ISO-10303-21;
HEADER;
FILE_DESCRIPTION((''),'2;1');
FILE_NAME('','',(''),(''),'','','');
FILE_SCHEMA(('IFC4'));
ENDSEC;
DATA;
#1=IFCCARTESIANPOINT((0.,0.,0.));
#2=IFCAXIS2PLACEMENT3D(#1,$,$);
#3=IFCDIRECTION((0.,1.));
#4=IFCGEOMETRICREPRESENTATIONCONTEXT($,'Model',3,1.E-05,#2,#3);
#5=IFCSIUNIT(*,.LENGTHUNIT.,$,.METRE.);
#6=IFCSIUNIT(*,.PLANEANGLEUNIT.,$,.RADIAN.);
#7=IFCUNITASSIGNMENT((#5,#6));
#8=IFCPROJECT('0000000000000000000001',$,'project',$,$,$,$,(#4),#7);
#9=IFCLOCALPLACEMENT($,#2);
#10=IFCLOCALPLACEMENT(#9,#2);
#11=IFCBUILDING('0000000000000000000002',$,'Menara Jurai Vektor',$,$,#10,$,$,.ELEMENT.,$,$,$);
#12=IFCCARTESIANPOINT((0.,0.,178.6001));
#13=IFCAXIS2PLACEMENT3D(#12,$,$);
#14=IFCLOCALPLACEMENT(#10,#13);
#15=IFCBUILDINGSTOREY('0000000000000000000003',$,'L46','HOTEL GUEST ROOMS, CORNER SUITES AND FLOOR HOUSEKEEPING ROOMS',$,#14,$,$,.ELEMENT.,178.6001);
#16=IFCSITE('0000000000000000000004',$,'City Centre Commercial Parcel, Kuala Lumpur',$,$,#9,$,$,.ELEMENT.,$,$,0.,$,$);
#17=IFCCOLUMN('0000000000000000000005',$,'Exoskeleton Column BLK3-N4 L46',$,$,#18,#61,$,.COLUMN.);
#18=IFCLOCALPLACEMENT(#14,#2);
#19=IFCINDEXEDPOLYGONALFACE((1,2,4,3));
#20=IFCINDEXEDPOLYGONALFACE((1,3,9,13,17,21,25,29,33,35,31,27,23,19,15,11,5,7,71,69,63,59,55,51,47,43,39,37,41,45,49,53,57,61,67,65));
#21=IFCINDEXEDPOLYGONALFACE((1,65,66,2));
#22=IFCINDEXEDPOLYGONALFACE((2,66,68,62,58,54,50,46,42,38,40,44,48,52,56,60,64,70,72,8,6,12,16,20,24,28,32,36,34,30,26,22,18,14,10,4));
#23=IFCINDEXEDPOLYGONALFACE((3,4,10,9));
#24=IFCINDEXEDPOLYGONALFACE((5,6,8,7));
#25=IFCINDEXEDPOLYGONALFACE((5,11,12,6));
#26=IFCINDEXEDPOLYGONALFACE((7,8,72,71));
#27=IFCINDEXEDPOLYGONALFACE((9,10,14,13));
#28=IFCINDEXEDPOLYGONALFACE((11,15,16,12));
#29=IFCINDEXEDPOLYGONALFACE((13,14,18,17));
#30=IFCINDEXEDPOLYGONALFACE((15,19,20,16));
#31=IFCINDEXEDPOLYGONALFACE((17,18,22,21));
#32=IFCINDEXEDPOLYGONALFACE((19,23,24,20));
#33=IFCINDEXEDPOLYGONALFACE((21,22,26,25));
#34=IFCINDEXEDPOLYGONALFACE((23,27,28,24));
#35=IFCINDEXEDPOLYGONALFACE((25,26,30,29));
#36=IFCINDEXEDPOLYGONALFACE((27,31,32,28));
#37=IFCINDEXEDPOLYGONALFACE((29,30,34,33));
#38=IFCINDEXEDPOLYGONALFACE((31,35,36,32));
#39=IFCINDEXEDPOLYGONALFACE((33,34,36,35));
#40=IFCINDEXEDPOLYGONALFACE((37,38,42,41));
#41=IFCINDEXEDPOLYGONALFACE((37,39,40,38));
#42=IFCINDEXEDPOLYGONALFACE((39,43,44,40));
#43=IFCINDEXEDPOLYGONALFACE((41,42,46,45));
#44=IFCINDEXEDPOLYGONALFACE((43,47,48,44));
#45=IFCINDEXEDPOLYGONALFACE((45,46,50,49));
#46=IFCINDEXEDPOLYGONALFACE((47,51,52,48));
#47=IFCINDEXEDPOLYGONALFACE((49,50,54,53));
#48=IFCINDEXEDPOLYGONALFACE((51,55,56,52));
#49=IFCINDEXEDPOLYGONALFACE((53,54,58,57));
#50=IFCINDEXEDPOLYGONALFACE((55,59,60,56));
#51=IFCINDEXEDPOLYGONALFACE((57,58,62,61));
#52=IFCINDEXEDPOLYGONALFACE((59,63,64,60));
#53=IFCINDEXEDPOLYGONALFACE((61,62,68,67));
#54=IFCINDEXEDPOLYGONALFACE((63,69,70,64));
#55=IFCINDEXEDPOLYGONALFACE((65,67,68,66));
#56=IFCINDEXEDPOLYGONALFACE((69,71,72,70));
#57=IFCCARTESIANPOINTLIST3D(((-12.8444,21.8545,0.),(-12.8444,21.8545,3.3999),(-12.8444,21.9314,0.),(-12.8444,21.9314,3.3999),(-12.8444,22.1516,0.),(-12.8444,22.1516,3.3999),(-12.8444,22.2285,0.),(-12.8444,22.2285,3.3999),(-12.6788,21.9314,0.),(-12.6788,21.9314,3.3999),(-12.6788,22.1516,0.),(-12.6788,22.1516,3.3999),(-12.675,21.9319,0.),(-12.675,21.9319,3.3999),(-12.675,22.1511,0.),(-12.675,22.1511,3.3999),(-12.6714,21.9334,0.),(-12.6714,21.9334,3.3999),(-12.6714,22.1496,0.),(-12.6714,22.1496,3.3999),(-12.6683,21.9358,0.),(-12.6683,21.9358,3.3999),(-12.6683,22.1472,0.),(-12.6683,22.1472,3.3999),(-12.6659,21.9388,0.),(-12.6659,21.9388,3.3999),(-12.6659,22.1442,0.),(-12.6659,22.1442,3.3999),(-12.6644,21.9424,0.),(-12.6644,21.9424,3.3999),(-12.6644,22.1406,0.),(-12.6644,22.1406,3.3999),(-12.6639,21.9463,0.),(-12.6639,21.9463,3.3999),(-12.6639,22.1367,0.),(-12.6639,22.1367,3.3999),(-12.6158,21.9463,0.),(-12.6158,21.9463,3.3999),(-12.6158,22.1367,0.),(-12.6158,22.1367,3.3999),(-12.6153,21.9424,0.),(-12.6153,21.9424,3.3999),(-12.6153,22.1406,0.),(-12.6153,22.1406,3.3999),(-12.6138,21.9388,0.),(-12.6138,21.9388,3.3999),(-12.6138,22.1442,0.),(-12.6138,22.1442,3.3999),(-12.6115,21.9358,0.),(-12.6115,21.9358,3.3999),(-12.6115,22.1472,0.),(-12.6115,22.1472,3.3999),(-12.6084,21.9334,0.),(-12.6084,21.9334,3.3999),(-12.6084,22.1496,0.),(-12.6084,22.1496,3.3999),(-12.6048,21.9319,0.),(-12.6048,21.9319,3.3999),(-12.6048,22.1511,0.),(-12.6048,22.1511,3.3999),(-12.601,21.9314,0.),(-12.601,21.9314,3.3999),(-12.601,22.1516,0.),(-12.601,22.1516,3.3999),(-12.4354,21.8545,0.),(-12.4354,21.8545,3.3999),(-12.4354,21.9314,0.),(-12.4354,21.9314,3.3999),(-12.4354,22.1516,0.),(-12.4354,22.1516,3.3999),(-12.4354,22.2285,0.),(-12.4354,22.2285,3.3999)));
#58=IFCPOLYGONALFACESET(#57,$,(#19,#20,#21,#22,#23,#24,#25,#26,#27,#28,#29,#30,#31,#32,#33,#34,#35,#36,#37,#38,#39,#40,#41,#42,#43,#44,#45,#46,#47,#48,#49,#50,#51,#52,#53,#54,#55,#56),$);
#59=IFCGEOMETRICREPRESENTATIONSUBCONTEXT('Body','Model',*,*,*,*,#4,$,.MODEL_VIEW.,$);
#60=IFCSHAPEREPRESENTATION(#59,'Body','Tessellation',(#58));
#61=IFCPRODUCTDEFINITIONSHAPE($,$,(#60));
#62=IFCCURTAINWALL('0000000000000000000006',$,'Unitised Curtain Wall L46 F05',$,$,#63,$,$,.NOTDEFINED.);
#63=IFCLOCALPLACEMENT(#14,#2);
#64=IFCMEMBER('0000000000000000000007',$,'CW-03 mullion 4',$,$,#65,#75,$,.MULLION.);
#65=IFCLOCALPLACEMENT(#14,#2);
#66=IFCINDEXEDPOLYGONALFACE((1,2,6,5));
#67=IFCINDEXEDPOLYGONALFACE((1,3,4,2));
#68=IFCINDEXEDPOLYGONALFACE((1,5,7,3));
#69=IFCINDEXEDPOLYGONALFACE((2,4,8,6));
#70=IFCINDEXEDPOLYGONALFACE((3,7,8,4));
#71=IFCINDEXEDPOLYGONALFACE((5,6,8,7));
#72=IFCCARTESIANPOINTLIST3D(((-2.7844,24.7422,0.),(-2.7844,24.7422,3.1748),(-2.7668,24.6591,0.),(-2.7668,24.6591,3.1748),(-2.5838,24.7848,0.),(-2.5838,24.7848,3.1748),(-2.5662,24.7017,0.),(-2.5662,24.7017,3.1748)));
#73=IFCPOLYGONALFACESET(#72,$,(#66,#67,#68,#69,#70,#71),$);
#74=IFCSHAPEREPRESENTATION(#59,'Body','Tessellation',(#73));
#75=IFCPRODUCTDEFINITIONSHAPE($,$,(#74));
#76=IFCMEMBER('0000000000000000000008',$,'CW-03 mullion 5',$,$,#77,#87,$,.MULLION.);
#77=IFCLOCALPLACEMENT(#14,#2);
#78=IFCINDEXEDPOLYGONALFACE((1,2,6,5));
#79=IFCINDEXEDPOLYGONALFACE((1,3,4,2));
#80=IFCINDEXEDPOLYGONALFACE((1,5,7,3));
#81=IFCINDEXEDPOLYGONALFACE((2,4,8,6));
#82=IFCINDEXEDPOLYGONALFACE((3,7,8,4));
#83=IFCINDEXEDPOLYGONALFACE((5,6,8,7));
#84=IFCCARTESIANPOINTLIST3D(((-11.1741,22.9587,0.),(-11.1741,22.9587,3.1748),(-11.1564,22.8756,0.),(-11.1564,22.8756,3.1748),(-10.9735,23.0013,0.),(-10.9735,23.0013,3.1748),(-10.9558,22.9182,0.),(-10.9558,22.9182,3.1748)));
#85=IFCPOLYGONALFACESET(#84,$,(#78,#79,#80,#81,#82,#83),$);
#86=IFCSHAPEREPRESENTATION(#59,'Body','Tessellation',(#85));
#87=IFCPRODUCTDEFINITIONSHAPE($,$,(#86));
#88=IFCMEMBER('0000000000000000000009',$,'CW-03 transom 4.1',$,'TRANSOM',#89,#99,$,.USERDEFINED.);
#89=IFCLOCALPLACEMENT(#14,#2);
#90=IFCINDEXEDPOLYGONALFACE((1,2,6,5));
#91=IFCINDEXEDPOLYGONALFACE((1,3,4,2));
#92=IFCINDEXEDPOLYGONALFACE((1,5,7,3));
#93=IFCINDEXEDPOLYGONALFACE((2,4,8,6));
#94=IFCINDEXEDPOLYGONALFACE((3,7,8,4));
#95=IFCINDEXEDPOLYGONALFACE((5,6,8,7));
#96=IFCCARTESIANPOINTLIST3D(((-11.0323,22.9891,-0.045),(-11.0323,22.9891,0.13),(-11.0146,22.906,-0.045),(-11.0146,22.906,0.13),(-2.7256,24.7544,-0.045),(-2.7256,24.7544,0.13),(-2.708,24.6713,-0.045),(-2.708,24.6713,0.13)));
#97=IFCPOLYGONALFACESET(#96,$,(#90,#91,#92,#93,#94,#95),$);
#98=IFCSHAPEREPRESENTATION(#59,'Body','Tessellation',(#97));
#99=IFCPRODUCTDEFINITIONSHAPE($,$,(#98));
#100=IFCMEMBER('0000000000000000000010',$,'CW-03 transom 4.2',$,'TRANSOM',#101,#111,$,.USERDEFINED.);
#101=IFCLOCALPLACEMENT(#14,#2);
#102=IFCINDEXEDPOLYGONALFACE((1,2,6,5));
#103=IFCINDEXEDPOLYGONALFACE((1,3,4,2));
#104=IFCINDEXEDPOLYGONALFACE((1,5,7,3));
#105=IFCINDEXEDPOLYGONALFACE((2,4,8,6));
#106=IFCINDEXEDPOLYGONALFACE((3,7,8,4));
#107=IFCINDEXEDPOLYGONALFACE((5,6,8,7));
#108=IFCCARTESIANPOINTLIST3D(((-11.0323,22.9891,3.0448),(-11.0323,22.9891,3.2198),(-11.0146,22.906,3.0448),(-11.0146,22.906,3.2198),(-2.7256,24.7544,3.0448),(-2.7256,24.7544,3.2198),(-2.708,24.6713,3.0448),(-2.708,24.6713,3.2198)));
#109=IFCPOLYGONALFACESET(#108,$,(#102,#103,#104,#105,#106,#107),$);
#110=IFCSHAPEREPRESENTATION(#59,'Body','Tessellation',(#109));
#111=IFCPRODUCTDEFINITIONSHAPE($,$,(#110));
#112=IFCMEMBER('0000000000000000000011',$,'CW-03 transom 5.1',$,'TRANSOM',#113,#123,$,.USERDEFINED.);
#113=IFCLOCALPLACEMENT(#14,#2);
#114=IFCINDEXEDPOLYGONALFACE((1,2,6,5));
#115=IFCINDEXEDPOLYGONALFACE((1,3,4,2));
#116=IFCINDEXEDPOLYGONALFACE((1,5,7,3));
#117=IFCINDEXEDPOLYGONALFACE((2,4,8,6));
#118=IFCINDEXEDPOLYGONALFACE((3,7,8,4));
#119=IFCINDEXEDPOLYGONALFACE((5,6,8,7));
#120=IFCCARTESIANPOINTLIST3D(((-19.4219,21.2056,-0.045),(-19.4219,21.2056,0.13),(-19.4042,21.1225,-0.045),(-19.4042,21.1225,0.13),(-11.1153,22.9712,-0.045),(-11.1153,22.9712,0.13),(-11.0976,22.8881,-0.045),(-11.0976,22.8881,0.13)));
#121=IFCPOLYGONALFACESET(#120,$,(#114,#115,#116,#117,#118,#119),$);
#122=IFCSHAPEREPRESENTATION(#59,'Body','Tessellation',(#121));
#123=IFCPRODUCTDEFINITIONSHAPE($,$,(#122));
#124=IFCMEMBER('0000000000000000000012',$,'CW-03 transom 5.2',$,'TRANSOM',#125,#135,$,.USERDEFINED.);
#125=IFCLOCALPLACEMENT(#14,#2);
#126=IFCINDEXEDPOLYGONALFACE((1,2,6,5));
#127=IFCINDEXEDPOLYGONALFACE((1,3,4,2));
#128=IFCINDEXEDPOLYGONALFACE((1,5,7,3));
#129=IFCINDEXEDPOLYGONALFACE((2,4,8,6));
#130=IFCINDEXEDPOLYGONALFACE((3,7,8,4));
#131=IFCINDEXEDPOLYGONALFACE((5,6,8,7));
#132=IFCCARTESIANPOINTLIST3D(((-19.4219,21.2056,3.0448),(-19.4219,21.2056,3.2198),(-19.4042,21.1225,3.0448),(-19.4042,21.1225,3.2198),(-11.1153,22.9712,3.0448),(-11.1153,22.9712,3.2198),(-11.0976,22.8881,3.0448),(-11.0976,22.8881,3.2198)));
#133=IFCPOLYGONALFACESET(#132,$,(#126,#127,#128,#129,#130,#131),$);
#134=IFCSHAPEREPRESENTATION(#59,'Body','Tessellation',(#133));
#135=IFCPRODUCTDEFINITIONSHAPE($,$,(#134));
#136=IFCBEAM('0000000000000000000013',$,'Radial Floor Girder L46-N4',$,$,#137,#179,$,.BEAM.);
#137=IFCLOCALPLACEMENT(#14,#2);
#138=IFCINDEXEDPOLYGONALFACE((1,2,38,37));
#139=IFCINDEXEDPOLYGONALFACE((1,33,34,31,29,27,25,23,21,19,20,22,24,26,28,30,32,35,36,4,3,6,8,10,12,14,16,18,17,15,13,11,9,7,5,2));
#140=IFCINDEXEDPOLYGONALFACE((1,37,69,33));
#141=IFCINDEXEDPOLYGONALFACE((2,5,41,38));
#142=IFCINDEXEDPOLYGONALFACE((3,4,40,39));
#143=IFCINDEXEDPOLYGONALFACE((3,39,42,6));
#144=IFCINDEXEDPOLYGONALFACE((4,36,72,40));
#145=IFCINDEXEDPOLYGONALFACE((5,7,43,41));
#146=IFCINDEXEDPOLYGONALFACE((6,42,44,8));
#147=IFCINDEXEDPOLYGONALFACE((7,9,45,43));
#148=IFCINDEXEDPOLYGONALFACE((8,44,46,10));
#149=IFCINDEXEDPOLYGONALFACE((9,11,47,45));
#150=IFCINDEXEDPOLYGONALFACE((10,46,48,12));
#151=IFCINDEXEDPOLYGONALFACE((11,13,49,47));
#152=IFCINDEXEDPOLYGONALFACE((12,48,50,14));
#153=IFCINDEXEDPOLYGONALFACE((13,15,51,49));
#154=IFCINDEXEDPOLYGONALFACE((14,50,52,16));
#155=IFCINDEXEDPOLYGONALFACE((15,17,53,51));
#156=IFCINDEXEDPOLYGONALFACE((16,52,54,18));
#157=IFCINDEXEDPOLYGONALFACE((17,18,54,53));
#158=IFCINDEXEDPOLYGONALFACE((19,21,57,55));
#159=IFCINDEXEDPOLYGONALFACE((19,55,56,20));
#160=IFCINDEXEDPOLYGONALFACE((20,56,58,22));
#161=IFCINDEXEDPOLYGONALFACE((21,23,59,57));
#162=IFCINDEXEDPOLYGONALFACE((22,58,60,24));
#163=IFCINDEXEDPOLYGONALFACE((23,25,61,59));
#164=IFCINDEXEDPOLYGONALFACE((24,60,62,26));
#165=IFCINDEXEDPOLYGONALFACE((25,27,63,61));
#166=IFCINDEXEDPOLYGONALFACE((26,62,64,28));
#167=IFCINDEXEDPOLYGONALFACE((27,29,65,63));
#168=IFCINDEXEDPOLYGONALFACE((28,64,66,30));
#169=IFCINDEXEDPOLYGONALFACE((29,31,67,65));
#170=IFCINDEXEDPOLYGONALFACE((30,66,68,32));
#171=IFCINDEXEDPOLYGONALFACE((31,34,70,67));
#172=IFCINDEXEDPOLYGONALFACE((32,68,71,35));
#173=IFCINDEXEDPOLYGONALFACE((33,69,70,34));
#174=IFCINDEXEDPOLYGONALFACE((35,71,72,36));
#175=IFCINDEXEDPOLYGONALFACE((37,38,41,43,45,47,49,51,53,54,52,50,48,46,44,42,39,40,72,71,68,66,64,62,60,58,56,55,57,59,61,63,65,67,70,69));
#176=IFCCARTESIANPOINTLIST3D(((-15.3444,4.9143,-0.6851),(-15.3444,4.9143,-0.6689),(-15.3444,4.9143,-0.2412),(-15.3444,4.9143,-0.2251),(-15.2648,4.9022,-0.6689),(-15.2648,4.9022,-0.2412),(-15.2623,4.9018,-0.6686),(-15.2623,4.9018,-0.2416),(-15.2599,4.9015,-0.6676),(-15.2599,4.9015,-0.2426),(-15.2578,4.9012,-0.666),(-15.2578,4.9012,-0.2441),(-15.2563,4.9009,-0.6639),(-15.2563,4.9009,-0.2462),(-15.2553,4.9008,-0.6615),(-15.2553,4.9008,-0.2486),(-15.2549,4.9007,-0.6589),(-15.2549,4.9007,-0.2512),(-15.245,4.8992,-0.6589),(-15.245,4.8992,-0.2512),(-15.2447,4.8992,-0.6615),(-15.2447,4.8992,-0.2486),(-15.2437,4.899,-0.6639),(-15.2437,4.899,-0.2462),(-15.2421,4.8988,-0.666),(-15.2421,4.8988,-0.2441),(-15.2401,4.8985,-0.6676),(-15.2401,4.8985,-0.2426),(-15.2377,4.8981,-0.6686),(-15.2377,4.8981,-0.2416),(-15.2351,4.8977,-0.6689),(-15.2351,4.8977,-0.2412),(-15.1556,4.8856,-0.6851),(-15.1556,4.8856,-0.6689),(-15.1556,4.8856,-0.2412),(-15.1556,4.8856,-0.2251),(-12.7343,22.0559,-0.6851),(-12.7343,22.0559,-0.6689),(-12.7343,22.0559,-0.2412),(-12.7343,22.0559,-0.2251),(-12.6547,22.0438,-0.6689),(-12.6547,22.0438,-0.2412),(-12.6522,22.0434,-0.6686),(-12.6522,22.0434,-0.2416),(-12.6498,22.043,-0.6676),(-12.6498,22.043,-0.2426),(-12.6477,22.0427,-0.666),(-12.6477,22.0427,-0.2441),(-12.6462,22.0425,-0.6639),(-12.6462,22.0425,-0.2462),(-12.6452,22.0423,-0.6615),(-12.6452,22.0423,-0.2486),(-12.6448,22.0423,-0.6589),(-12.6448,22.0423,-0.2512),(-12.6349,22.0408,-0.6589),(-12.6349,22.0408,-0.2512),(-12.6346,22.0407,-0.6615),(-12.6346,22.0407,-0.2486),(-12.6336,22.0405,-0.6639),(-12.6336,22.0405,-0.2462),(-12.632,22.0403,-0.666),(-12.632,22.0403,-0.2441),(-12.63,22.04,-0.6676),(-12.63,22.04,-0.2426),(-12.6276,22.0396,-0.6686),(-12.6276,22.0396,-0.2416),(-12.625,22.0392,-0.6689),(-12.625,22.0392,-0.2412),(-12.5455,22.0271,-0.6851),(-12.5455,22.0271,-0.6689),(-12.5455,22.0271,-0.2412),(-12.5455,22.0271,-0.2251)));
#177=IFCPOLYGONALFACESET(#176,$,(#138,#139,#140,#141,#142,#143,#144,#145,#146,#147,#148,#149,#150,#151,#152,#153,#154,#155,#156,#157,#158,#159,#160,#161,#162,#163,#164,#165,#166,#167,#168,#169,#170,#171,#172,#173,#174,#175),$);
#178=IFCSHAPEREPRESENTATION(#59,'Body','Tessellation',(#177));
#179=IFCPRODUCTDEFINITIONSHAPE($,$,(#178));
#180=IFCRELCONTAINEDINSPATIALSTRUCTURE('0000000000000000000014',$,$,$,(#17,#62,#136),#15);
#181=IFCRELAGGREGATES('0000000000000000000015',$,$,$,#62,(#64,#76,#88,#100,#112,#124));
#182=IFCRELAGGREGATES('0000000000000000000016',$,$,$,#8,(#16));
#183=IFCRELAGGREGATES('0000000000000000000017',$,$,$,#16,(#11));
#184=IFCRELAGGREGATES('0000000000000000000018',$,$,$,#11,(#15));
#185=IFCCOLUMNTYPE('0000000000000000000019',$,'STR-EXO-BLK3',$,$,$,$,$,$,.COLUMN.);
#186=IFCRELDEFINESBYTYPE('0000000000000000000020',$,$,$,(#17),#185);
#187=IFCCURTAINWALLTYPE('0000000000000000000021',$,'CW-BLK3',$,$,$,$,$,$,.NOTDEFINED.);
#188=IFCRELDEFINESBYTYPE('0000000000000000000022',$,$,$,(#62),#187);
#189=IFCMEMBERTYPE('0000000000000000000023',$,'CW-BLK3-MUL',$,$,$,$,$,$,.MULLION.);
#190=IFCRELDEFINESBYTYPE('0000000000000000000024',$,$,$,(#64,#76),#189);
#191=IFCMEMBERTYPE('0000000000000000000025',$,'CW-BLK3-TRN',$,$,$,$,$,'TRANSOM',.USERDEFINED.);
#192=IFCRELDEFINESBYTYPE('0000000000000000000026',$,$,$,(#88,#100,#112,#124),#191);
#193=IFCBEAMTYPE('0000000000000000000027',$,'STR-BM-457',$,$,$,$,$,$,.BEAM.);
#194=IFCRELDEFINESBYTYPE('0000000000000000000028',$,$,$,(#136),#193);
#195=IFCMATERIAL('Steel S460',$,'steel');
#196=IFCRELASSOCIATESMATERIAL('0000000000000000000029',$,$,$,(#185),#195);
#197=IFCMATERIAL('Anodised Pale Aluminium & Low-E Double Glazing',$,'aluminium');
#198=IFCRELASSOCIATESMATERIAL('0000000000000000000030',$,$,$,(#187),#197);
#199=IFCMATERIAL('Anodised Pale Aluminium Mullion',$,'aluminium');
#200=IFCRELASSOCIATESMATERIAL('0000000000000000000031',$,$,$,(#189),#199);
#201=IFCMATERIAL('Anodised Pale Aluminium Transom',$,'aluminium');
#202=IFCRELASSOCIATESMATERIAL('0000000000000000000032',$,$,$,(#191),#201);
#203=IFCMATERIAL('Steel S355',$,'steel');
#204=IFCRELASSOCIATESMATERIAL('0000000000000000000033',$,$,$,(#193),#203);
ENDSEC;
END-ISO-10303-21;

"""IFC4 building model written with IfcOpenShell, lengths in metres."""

from ifc_helpers import new_model, si_unit, direction, frame, origin, origin_2d, place, context, subcontext, project, spatial, rectangle, i_section, extrude, material, material_profile, profile_set, type_object, element, aggregate, save


model = new_model("IFC4")

# Units and contexts
model_context = context("Model", 3, precision=1e-05, world=origin(), true_north=direction((0.0, 1.0)))
body_context = subcontext(model_context, "Body", "Model", "MODEL_VIEW")
ifc_project = project(units=[si_unit("LENGTHUNIT", "METRE"), si_unit("PLANEANGLEUNIT", "RADIAN")], contexts=[model_context])

# Site, building, storey
site_placement = place(None, origin())
site = spatial("IfcSite", under=ifc_project, at=site_placement, Name="City Centre Commercial Parcel, Kuala Lumpur", CompositionType="ELEMENT", RefElevation=0.0)
building_placement = place(site_placement, origin())
building = spatial("IfcBuilding", under=site, at=building_placement, Name="Menara Jurai Vektor", CompositionType="ELEMENT")
storey_placement = place(building_placement, frame((0.0, 0.0, 178.6001)))
storey = spatial("IfcBuildingStorey", under=building, at=storey_placement, Name="L46", Description="HOTEL GUEST ROOMS, CORNER SUITES AND FLOOR HOUSEKEEPING ROOMS", CompositionType="ELEMENT", Elevation=178.6001)

# Column
ifc_material_1 = material(Name="Steel S460", Category="steel")
ifc_material_profile_1 = material_profile(ifc_material_1, i_section(OverallWidth=0.4089, OverallDepth=0.374, WebThickness=0.0481, FlangeThickness=0.0769, FilletRadius=0.0149, at=origin_2d()), Name="HD 400x634")
ifc_profile_set_1 = profile_set([ifc_material_profile_1], Name="Steel S460")
column_type = type_object("IfcColumnType", Name="STR-EXO-BLK3", PredefinedType="COLUMN", material=ifc_profile_set_1)
column_placement = place(storey_placement, frame((-12.6399, 22.0415, 0.0), z_axis=(0.0, 0.0, 1.0), x_axis=(1.0, 0.0, 0.0)))
element("IfcColumn", 1, at=column_placement, inside=storey, type_object=column_type, Name="Exoskeleton Column BLK3-N4 L46", PredefinedType="COLUMN", context=body_context, shape_type="SweptSolid", body=[
    extrude(i_section(OverallWidth=0.4089, OverallDepth=0.374, WebThickness=0.0481, FlangeThickness=0.0769, FilletRadius=0.0149, at=origin_2d()), origin(), (0.0, 0.0, 1.0), 3.3999),
])

# Curtain wall, members
ifc_material_2 = material(Name="Anodised Pale Aluminium & Low-E Double Glazing", Category="aluminium")
curtain_wall_type = type_object("IfcCurtainWallType", Name="CW-BLK3", PredefinedType="NOTDEFINED", material=ifc_material_2)
curtain_wall_placement = place(storey_placement, origin())
curtain_wall = element("IfcCurtainWall", 2, at=curtain_wall_placement, inside=storey, type_object=curtain_wall_type, Name="Unitised Curtain Wall L46 F05", PredefinedType="NOTDEFINED")
ifc_material_3 = material(Name="Anodised Pale Aluminium Mullion", Category="aluminium")
ifc_material_profile_2 = material_profile(ifc_material_3, rectangle(XDim=0.085, YDim=0.2051, at=origin_2d()), Name="ALU MUL 85x205")
ifc_profile_set_2 = profile_set([ifc_material_profile_2], Name="Anodised Pale Aluminium Mullion")
member_type_1 = type_object("IfcMemberType", Name="CW-BLK3-MUL", PredefinedType="MULLION", material=ifc_profile_set_2)
member_1_placement = place(storey_placement, frame((-2.6753, 24.7219, 0.0), z_axis=(0.0, 0.0, 1.0), x_axis=(0.207911, -0.978148, 0.0)))
member_1 = element("IfcMember", 3, at=member_1_placement, type_object=member_type_1, Name="CW-03 mullion 4", PredefinedType="MULLION", context=body_context, shape_type="SweptSolid", body=[
    extrude(rectangle(XDim=0.085, YDim=0.2051, at=origin_2d()), origin(), (0.0, 0.0, 1.0), 3.1748),
])
member_2_placement = place(storey_placement, frame((-11.0649, 22.9385, 0.0), z_axis=(0.0, 0.0, 1.0), x_axis=(0.207911, -0.978148, 0.0)))
member_2 = element("IfcMember", 4, at=member_2_placement, type_object=member_type_1, Name="CW-03 mullion 5", PredefinedType="MULLION", context=body_context, shape_type="SweptSolid", body=[
    extrude(rectangle(XDim=0.085, YDim=0.2051, at=origin_2d()), origin(), (0.0, 0.0, 1.0), 3.1748),
])
ifc_material_4 = material(Name="Anodised Pale Aluminium Transom", Category="aluminium")
ifc_material_profile_3 = material_profile(ifc_material_4, rectangle(XDim=0.085, YDim=0.175, at=origin_2d()), Name="ALU TRN 85x175")
ifc_profile_set_3 = profile_set([ifc_material_profile_3], Name="Anodised Pale Aluminium Transom")
member_type_2 = type_object("IfcMemberType", Name="CW-BLK3-TRN", ElementType="TRANSOM", PredefinedType="USERDEFINED", material=ifc_profile_set_3)
member_3_placement = place(storey_placement, frame((-2.7168, 24.7129, 0.0425), z_axis=(-0.978154, -0.207884, 0.0), x_axis=(0.207884, -0.978154, 0.0)))
member_3 = element("IfcMember", 5, at=member_3_placement, type_object=member_type_2, Name="CW-03 transom 4.1", ObjectType="TRANSOM", PredefinedType="USERDEFINED", context=body_context, shape_type="SweptSolid", body=[
    extrude(rectangle(XDim=0.085, YDim=0.175, at=origin_2d()), origin(), (0.0, 0.0, 1.0), 8.4922),
])
member_4_placement = place(storey_placement, frame((-2.7168, 24.7129, 3.1323), z_axis=(-0.978154, -0.207884, 0.0), x_axis=(0.207884, -0.978154, 0.0)))
member_4 = element("IfcMember", 6, at=member_4_placement, type_object=member_type_2, Name="CW-03 transom 4.2", ObjectType="TRANSOM", PredefinedType="USERDEFINED", context=body_context, shape_type="SweptSolid", body=[
    extrude(rectangle(XDim=0.085, YDim=0.175, at=origin_2d()), origin(), (0.0, 0.0, 1.0), 8.4922),
])
member_5_placement = place(storey_placement, frame((-11.1064, 22.9297, 0.0425), z_axis=(-0.978148, -0.207911, 0.0), x_axis=(0.207911, -0.978148, 0.0)))
member_5 = element("IfcMember", 7, at=member_5_placement, type_object=member_type_2, Name="CW-03 transom 5.1", ObjectType="TRANSOM", PredefinedType="USERDEFINED", context=body_context, shape_type="SweptSolid", body=[
    extrude(rectangle(XDim=0.085, YDim=0.175, at=origin_2d()), origin(), (0.0, 0.0, 1.0), 8.4922),
])
member_6_placement = place(storey_placement, frame((-11.1064, 22.9297, 3.1323), z_axis=(-0.978148, -0.207911, 0.0), x_axis=(0.207911, -0.978148, 0.0)))
member_6 = element("IfcMember", 8, at=member_6_placement, type_object=member_type_2, Name="CW-03 transom 5.2", ObjectType="TRANSOM", PredefinedType="USERDEFINED", context=body_context, shape_type="SweptSolid", body=[
    extrude(rectangle(XDim=0.085, YDim=0.175, at=origin_2d()), origin(), (0.0, 0.0, 1.0), 8.4922),
])

# Beam
ifc_material_5 = material(Name="Steel S355", Category="steel")
ifc_material_profile_4 = material_profile(ifc_material_5, i_section(OverallWidth=0.1909, OverallDepth=0.46, WebThickness=0.01, FlangeThickness=0.0161, FilletRadius=0.01, at=origin_2d()), Name="UKB 457x191x82")
ifc_profile_set_4 = profile_set([ifc_material_profile_4], Name="Steel S355")
beam_type_1 = type_object("IfcBeamType", Name="STR-BM-457", PredefinedType="BEAM", material=ifc_profile_set_4)
beam_1_placement = place(storey_placement, frame((-12.6399, 22.0415, -0.4551), z_axis=(-0.150532, -0.988605, 0.0), x_axis=(0.988605, -0.150532, 0.0)))
element("IfcBeam", 9, at=beam_1_placement, inside=storey, type_object=beam_type_1, Name="Radial Floor Girder L46-N4", PredefinedType="BEAM", context=body_context, shape_type="SweptSolid", body=[
    extrude(i_section(OverallWidth=0.1909, OverallDepth=0.46, WebThickness=0.01, FlangeThickness=0.0161, FilletRadius=0.01, at=origin_2d()), origin(), (0.0, 0.0, 1.0), 17.3391),
])

aggregate(curtain_wall, [member_1, member_2, member_3, member_4, member_5, member_6])

save(model, "model.ifc")
